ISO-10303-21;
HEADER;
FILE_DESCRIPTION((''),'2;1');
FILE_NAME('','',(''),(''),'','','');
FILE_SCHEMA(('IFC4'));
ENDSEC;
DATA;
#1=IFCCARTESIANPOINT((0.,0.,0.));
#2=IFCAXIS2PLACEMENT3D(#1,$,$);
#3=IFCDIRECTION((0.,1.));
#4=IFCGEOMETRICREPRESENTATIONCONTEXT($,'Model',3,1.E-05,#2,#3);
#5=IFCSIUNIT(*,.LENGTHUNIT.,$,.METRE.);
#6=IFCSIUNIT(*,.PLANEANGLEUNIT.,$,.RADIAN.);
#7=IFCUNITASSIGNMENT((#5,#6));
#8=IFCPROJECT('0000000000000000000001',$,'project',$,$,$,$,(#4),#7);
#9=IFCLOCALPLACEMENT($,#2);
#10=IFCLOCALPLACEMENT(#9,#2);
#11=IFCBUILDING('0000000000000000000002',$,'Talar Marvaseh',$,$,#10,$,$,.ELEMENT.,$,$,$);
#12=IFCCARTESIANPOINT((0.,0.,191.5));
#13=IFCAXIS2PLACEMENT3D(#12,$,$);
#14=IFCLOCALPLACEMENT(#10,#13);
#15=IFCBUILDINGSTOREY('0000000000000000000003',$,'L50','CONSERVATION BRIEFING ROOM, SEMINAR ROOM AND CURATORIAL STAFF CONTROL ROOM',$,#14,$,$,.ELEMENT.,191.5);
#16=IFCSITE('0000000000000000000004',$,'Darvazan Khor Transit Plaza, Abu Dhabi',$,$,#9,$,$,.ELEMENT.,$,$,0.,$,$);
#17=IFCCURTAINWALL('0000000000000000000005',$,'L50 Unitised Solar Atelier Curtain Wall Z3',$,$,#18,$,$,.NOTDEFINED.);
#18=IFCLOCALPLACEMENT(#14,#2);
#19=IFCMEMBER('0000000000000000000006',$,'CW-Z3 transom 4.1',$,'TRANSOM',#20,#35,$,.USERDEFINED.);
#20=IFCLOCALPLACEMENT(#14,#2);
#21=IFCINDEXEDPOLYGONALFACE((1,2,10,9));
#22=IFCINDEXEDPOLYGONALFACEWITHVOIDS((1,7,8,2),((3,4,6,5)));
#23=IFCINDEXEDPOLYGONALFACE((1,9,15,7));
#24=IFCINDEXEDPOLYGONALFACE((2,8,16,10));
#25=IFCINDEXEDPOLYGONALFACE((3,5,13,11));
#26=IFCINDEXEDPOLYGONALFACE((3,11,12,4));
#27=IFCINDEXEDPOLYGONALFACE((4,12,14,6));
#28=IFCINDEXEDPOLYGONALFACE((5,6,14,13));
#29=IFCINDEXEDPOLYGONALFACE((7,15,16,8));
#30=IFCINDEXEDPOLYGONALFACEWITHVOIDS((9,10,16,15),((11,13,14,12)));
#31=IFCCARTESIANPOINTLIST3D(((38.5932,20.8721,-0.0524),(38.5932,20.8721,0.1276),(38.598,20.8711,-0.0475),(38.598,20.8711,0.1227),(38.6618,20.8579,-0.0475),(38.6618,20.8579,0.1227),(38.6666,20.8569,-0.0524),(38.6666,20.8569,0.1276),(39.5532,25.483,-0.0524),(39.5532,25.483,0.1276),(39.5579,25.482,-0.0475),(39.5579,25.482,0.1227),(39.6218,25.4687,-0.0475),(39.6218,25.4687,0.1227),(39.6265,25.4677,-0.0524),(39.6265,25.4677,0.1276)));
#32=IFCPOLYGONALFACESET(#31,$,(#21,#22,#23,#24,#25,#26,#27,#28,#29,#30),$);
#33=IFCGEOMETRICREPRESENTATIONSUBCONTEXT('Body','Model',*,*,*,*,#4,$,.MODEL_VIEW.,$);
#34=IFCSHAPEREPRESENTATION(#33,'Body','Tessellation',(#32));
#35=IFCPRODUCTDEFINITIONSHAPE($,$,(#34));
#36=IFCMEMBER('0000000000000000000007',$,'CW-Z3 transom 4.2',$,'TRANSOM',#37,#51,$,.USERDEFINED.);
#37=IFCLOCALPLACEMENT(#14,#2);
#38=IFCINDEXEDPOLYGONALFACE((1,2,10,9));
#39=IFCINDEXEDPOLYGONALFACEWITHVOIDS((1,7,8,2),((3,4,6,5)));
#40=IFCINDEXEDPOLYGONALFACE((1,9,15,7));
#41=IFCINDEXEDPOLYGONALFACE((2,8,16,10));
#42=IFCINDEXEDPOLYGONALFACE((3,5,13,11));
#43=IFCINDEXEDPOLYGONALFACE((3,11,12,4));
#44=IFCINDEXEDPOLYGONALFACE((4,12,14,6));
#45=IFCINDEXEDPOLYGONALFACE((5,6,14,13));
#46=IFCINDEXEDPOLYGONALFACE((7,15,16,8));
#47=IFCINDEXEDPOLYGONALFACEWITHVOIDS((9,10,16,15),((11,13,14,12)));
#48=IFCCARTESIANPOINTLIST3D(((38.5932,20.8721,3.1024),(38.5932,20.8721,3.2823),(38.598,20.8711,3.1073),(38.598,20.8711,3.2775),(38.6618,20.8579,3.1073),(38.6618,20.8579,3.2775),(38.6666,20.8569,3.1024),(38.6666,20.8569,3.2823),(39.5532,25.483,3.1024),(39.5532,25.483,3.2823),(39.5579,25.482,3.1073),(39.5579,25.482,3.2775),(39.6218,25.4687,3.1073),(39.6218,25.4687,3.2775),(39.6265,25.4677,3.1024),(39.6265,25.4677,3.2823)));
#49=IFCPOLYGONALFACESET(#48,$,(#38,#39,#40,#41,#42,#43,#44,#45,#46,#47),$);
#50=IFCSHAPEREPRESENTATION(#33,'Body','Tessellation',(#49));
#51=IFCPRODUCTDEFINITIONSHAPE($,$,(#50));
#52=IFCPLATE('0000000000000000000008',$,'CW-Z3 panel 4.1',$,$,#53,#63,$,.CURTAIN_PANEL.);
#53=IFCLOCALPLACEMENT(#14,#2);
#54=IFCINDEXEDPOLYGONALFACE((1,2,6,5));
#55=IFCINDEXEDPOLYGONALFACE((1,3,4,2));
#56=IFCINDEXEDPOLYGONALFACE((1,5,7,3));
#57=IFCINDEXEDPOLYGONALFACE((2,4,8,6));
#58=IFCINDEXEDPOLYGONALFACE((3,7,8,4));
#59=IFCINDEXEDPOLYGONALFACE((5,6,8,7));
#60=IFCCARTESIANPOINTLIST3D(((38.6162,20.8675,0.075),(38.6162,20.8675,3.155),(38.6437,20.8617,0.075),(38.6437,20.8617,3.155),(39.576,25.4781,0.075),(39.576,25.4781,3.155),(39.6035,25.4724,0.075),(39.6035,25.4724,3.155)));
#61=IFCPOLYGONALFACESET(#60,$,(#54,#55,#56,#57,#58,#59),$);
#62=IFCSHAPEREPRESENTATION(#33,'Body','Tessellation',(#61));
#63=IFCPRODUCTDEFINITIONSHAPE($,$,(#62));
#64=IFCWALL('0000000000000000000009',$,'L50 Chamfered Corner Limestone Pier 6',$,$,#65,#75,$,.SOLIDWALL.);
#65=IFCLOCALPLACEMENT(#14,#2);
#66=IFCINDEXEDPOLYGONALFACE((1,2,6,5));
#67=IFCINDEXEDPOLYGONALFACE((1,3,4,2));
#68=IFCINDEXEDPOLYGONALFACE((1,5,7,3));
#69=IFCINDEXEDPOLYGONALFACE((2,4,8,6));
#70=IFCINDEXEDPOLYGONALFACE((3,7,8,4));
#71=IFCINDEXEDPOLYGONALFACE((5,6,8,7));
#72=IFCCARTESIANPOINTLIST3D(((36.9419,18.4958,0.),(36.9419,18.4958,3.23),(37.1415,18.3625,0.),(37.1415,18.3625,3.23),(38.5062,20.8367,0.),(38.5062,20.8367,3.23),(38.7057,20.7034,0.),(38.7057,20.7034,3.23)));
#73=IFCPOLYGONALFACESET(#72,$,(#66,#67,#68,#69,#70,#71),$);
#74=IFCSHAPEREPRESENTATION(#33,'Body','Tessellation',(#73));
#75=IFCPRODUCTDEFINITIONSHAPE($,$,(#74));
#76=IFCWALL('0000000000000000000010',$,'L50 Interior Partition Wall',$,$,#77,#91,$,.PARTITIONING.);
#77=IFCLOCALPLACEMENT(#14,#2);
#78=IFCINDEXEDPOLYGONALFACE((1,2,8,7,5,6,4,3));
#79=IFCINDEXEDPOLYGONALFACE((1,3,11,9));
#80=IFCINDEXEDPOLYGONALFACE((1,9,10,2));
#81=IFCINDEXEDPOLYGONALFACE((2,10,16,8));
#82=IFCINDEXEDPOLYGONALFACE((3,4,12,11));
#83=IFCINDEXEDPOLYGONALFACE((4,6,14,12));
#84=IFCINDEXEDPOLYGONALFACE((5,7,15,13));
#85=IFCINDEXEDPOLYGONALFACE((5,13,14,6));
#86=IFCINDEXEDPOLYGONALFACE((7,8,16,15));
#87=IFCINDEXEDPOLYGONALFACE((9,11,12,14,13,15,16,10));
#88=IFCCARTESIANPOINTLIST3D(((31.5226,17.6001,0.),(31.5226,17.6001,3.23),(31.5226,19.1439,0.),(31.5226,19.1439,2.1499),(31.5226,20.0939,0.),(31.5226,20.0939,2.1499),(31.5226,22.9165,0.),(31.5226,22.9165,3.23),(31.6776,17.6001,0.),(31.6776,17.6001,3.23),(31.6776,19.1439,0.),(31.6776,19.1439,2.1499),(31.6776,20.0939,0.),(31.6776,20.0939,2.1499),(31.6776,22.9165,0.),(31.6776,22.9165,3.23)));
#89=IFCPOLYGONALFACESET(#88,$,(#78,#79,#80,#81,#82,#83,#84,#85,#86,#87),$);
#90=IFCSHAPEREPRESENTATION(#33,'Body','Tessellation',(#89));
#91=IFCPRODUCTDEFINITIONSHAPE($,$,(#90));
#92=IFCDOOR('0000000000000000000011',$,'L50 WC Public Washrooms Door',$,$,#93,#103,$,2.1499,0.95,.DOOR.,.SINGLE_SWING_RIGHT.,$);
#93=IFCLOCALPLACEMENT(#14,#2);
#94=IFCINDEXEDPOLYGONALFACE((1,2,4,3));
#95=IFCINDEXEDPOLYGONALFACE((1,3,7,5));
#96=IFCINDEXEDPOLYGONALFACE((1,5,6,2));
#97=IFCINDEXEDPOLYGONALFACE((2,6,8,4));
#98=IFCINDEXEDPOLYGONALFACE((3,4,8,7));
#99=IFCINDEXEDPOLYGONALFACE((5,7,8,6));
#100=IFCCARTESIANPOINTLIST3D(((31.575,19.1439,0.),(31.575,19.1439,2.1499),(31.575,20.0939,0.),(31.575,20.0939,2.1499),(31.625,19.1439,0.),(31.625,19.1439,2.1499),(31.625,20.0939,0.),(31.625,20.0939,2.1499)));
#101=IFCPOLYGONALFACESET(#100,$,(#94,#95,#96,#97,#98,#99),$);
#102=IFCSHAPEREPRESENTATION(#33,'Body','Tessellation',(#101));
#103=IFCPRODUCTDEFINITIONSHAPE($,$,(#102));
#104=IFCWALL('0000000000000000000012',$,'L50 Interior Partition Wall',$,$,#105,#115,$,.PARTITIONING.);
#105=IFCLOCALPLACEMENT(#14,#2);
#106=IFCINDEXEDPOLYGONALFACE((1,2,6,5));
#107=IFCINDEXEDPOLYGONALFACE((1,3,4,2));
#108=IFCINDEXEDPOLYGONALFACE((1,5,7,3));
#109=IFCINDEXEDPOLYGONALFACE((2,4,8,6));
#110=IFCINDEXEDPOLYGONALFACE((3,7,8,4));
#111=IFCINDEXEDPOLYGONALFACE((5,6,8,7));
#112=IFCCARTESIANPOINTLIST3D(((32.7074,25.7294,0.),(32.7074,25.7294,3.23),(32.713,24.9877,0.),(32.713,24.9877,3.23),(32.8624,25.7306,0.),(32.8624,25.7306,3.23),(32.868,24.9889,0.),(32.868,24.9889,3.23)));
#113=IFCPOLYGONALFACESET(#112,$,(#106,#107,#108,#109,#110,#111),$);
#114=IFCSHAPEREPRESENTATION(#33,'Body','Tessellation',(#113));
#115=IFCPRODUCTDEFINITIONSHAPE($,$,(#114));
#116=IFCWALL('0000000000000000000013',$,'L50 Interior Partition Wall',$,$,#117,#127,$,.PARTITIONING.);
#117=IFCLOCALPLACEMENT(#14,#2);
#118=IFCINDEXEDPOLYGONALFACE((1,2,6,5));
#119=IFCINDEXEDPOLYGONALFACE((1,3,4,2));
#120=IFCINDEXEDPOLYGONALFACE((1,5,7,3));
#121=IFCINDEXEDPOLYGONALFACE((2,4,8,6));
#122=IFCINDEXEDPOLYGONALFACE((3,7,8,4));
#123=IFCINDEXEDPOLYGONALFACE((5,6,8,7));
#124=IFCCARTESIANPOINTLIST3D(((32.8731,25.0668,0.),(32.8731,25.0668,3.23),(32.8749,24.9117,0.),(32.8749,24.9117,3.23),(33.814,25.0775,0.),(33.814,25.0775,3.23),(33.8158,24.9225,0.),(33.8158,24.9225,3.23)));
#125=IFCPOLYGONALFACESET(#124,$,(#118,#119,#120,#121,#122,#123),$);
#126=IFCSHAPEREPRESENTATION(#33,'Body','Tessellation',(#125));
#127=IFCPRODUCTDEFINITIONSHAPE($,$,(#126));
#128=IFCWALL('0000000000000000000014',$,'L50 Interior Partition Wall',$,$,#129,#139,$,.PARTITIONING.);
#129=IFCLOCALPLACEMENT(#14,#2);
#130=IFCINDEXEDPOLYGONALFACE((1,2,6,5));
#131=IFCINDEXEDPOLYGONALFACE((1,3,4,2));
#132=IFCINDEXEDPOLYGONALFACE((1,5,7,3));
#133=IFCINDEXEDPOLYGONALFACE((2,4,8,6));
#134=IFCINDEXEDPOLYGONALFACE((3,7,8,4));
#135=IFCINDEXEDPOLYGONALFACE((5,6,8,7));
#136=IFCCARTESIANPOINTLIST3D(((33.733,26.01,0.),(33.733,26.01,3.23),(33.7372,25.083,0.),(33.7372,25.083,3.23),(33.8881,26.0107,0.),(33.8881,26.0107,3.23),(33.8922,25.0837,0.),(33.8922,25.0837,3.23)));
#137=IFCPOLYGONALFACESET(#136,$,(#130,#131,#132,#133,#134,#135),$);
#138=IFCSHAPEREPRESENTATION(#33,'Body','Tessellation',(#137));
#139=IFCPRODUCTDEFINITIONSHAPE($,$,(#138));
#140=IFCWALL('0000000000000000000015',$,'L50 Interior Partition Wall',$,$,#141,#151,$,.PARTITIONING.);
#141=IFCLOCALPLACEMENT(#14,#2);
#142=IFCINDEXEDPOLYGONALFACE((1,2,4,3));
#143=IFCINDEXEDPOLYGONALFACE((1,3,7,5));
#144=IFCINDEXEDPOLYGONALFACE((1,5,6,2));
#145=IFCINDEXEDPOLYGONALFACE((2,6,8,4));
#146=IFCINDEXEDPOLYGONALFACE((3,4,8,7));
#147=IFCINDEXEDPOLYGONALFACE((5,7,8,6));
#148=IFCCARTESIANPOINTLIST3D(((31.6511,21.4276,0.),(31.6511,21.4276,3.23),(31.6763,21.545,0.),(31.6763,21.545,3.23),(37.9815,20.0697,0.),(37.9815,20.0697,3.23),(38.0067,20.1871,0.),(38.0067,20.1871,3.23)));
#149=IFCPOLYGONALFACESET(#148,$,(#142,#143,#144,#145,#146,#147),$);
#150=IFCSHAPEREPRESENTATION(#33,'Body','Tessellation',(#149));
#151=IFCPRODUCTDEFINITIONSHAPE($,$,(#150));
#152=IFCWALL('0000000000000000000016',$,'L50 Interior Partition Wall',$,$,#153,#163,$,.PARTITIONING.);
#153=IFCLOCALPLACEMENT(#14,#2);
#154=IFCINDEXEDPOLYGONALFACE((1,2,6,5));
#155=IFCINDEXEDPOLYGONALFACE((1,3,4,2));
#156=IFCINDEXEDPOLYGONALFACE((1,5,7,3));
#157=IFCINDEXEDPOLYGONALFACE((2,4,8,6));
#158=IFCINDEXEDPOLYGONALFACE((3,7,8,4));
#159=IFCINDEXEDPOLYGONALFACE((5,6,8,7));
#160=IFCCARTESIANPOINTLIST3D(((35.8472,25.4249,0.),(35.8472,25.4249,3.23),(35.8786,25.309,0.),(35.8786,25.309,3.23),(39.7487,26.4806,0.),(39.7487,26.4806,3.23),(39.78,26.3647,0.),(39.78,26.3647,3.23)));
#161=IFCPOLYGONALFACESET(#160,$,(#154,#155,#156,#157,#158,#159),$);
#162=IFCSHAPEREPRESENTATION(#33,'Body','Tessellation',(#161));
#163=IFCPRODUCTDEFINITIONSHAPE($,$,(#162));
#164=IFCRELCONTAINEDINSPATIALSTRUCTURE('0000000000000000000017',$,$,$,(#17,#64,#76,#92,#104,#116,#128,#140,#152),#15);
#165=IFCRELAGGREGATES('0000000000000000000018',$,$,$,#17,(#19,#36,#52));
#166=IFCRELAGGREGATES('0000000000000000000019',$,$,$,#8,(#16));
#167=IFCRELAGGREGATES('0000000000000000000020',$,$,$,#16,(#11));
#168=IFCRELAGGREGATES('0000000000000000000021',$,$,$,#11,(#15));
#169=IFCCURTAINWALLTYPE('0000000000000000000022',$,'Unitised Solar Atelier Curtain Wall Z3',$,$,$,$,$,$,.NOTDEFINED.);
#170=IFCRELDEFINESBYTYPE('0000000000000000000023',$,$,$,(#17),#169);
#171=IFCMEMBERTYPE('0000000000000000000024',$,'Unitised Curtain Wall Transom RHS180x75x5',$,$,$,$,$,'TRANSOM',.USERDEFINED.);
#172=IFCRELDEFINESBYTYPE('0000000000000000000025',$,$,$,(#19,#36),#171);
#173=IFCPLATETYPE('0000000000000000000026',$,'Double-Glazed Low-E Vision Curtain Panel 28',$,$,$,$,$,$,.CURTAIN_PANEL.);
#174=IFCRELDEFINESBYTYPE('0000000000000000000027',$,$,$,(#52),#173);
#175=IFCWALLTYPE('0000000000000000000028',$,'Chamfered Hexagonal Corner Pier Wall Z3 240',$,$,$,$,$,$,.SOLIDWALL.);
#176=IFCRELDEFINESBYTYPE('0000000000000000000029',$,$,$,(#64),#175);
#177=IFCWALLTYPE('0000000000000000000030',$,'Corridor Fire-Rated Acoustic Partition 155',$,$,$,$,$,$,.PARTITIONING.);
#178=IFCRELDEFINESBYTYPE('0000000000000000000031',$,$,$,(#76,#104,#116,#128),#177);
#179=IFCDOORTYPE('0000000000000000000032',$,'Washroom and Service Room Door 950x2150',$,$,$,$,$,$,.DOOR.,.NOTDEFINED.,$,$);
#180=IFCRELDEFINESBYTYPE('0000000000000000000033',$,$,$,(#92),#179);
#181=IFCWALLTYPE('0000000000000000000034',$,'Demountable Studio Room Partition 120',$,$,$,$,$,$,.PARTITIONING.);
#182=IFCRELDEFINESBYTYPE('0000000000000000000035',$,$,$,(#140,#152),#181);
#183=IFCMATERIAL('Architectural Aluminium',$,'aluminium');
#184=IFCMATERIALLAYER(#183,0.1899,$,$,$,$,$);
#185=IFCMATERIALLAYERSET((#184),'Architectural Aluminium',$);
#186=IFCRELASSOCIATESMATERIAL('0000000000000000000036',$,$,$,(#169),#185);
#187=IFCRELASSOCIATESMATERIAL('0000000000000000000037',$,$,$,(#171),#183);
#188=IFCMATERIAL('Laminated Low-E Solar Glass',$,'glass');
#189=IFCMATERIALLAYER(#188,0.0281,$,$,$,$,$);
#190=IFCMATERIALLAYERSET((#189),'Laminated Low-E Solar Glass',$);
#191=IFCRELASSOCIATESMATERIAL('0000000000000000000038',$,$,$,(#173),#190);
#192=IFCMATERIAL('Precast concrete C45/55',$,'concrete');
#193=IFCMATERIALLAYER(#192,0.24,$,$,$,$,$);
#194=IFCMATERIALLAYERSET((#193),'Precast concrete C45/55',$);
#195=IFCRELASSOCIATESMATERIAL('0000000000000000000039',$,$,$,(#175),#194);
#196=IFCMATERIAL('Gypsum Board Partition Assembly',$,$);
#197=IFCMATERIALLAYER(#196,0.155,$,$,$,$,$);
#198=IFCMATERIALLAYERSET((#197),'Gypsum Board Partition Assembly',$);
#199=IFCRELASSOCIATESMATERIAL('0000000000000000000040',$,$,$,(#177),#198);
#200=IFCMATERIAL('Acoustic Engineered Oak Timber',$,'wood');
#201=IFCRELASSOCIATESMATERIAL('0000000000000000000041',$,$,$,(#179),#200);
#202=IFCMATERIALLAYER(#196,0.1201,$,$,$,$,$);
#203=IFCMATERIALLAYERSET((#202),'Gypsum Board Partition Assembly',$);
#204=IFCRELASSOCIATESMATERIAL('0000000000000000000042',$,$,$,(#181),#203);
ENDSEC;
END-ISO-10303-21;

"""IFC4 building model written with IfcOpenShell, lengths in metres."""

from ifc_helpers import new_model, si_unit, direction, frame, frame_2d, origin, origin_2d, place, context, subcontext, project, spatial, rectangle, hollow_rectangle, extrude, source, transform, mapped, material, layer, layer_set, material_profile, profile_set, type_object, type_shapes, element, fill, aggregate, save


model = new_model("IFC4")

# Units and contexts
model_context = context("Model", 3, precision=1e-05, world=origin(), true_north=direction((0.0, 1.0)))
body_context = subcontext(model_context, "Body", "Model", "MODEL_VIEW")
ifc_project = project(units=[si_unit("LENGTHUNIT", "METRE"), si_unit("PLANEANGLEUNIT", "RADIAN")], contexts=[model_context])

# Site, building, storey
site_placement = place(None, origin())
site = spatial("IfcSite", under=ifc_project, at=site_placement, Name="Darvazan Khor Transit Plaza, Abu Dhabi", CompositionType="ELEMENT", RefElevation=0.0)
building_placement = place(site_placement, origin())
building = spatial("IfcBuilding", under=site, at=building_placement, Name="Talar Marvaseh", CompositionType="ELEMENT")
storey_placement = place(building_placement, frame((0.0, 0.0, 191.5)))
storey = spatial("IfcBuildingStorey", under=building, at=storey_placement, Name="L50", Description="CONSERVATION BRIEFING ROOM, SEMINAR ROOM AND CURATORIAL STAFF CONTROL ROOM", CompositionType="ELEMENT", Elevation=191.5)

# Curtain wall
ifc_material_1 = material(Name="Architectural Aluminium", Category="aluminium")
ifc_layer_1 = layer(ifc_material_1, 0.1899)
ifc_layer_set_1 = layer_set([ifc_layer_1], Name="Architectural Aluminium")
curtain_wall_type = type_object("IfcCurtainWallType", Name="Unitised Solar Atelier Curtain Wall Z3", PredefinedType="NOTDEFINED", material=ifc_layer_set_1)
curtain_wall_1_placement = place(storey_placement, origin())
curtain_wall_1 = element("IfcCurtainWall", 1, at=curtain_wall_1_placement, inside=storey, type_object=curtain_wall_type, Name="L50 Unitised Solar Atelier Curtain Wall Z3", PredefinedType="NOTDEFINED")

# Members
ifc_material_profile_1 = material_profile(ifc_material_1, hollow_rectangle(XDim=0.075, YDim=0.1799, WallThickness=0.0049, at=origin_2d()), Name="RHS180x75x5")
ifc_profile_set_1 = profile_set([ifc_material_profile_1], Name="Architectural Aluminium")
member_type_1 = type_object("IfcMemberType", Name="Unitised Curtain Wall Transom RHS180x75x5", ElementType="TRANSOM", PredefinedType="USERDEFINED", material=ifc_profile_set_1)
shared_shape_1 = source(origin(), body_context, "Body", "SweptSolid", [
    extrude(hollow_rectangle(XDim=0.075, YDim=0.1799, WallThickness=0.0049, at=origin_2d()), origin(), (0.0, 0.0, 1.0), 4.7097),
])
type_shapes(member_type_1, [shared_shape_1])
member_1_placement = place(storey_placement, frame((39.5898, 25.4753, 0.0376), z_axis=(-0.203826, -0.979007, 0.0), x_axis=(0.979007, -0.203826, 0.0)))
member_1 = element("IfcMember", 2, at=member_1_placement, type_object=member_type_1, Name="CW-Z3 transom 4.1", ObjectType="TRANSOM", PredefinedType="USERDEFINED", context=body_context, shape_type="MappedRepresentation", body=[
    mapped(shared_shape_1, transform((0.0, 0.0, 0.0), x_axis=(1.0, 0.0, 0.0), y_axis=(0.0, 1.0, 0.0), z_axis=(0.0, 0.0, 1.0), scale=1.0)),
])
member_2_placement = place(storey_placement, frame((39.5898, 25.4753, 3.1924), z_axis=(-0.203826, -0.979007, 0.0), x_axis=(0.979007, -0.203826, 0.0)))
member_2 = element("IfcMember", 3, at=member_2_placement, type_object=member_type_1, Name="CW-Z3 transom 4.2", ObjectType="TRANSOM", PredefinedType="USERDEFINED", context=body_context, shape_type="MappedRepresentation", body=[
    mapped(shared_shape_1, transform((0.0, 0.0, 0.0), x_axis=(1.0, 0.0, 0.0), y_axis=(0.0, 1.0, 0.0), z_axis=(0.0, 0.0, 1.0), scale=1.0)),
])

# Plate
ifc_material_2 = material(Name="Laminated Low-E Solar Glass", Category="glass")
ifc_layer_2 = layer(ifc_material_2, 0.0281)
ifc_layer_set_2 = layer_set([ifc_layer_2], Name="Laminated Low-E Solar Glass")
plate_type = type_object("IfcPlateType", Name="Double-Glazed Low-E Vision Curtain Panel 28", PredefinedType="CURTAIN_PANEL", material=ifc_layer_set_2)
shared_shape_2 = source(origin(), body_context, "Body", "SweptSolid", [
    extrude(rectangle(XDim=4.7095, YDim=0.0281, at=origin_2d()), origin(), (0.0, 0.0, 1.0), 3.0801),
])
type_shapes(plate_type, [shared_shape_2])
plate_placement = place(storey_placement, frame((39.1099, 23.1699, 0.075), z_axis=(0.0, 0.0, 1.0), x_axis=(-0.203793, -0.979014, 0.0)))
plate = element("IfcPlate", 4, at=plate_placement, type_object=plate_type, Name="CW-Z3 panel 4.1", PredefinedType="CURTAIN_PANEL", context=body_context, shape_type="MappedRepresentation", body=[
    mapped(shared_shape_2, transform((0.0, 0.0, 0.0), x_axis=(1.0, 0.0, 0.0), y_axis=(0.0, 1.0, 0.0), z_axis=(0.0, 0.0, 1.0), scale=1.0)),
])
aggregate(curtain_wall_1, [member_1, member_2, plate])

# Wall
ifc_material_3 = material(Name="Precast concrete C45/55", Category="concrete")
ifc_layer_3 = layer(ifc_material_3, 0.24)
ifc_layer_set_3 = layer_set([ifc_layer_3], Name="Precast concrete C45/55")
wall_type_1 = type_object("IfcWallType", Name="Chamfered Hexagonal Corner Pier Wall Z3 240", PredefinedType="SOLIDWALL", material=ifc_layer_set_3)
wall_1_placement = place(storey_placement, frame((38.606, 20.77, 0.0), z_axis=(0.0, 0.0, 1.0), x_axis=(-0.5556, -0.831449, 0.0)))
element("IfcWall", 5, at=wall_1_placement, inside=storey, type_object=wall_type_1, Name="L50 Chamfered Corner Limestone Pier 6", PredefinedType="SOLIDWALL", context=body_context, shape_type="SweptSolid", body=[
    extrude(rectangle(XDim=2.8154, YDim=0.24, at=frame_2d((1.4077, 0.0))), origin(), (0.0, 0.0, 1.0), 3.23),
])

# Wall, opening, door
ifc_material_4 = material(Name="Gypsum Board Partition Assembly")
ifc_layer_4 = layer(ifc_material_4, 0.155)
ifc_layer_set_4 = layer_set([ifc_layer_4], Name="Gypsum Board Partition Assembly")
wall_type_2 = type_object("IfcWallType", Name="Corridor Fire-Rated Acoustic Partition 155", PredefinedType="PARTITIONING", material=ifc_layer_set_4)
ifc_material_5 = material(Name="Acoustic Engineered Oak Timber", Category="wood")
door_type = type_object("IfcDoorType", Name="Washroom and Service Room Door 950x2150", OperationType="NOTDEFINED", PredefinedType="DOOR", material=ifc_material_5)
shared_shape_3 = source(origin(), body_context, "Body", "SweptSolid", [
    extrude(rectangle(XDim=0.95, YDim=2.1499, at=frame_2d((0.4751, 1.075))), frame((0.0, 0.0249, 0.0), z_axis=(0.0, -1.0, 0.0), x_axis=(1.0, 0.0, 0.0)), (0.0, 0.0, 1.0), 0.05),
])
type_shapes(door_type, [shared_shape_3])
wall_2_placement = place(storey_placement, frame((31.6001, 22.9165, 0.0), z_axis=(0.0, 0.0, 1.0), x_axis=(0.0, -1.0, 0.0)))
wall_2 = element("IfcWall", 6, at=wall_2_placement, inside=storey, type_object=wall_type_2, Name="L50 Interior Partition Wall", PredefinedType="PARTITIONING", context=body_context, shape_type="SweptSolid", body=[
    extrude(rectangle(XDim=5.3164, YDim=0.155, at=frame_2d((2.6582, 0.0))), origin(), (0.0, 0.0, 1.0), 3.23),
])
opening_1_placement = place(wall_2_placement, frame((2.8225, 0.0, 0.0)))
opening_1 = element("IfcOpeningElement", 7, at=opening_1_placement, cuts=wall_2, PredefinedType="OPENING", context=body_context, shape_type="SweptSolid", body=[
    extrude(rectangle(XDim=0.95, YDim=2.1499, at=frame_2d((0.4751, 1.075))), frame((0.0, 0.0874, 0.0), z_axis=(0.0, -1.0, 0.0), x_axis=(1.0, 0.0, 0.0)), (0.0, 0.0, 1.0), 0.175),
])
door_1_placement = place(opening_1_placement, origin())
door_1 = element("IfcDoor", 8, at=door_1_placement, inside=storey, type_object=door_type, Name="L50 WC Public Washrooms Door", OperationType="SINGLE_SWING_RIGHT", OverallHeight=2.1499, OverallWidth=0.95, PredefinedType="DOOR", context=body_context, shape_type="MappedRepresentation", body=[
    mapped(shared_shape_3, transform((0.0, 0.0, 0.0), x_axis=(1.0, 0.0, 0.0), y_axis=(0.0, 1.0, 0.0), z_axis=(0.0, 0.0, 1.0), scale=1.0)),
])
fill(opening_1, door_1)

# Walls
wall_3_placement = place(storey_placement, frame((32.7849, 25.73, 0.0), z_axis=(0.0, 0.0, 1.0), x_axis=(0.007571, -0.999971, 0.0)))
element("IfcWall", 9, at=wall_3_placement, inside=storey, type_object=wall_type_2, Name="L50 Interior Partition Wall", PredefinedType="PARTITIONING", context=body_context, shape_type="SweptSolid", body=[
    extrude(rectangle(XDim=0.7417, YDim=0.155, at=frame_2d((0.3708, 0.0))), origin(), (0.0, 0.0, 1.0), 3.23),
])
wall_4_placement = place(storey_placement, frame((32.874, 24.9893, 0.0), z_axis=(0.0, 0.0, 1.0), x_axis=(0.999935, 0.011416, 0.0)))
element("IfcWall", 10, at=wall_4_placement, inside=storey, type_object=wall_type_2, Name="L50 Interior Partition Wall", PredefinedType="PARTITIONING", context=body_context, shape_type="SweptSolid", body=[
    extrude(rectangle(XDim=0.9409, YDim=0.155, at=frame_2d((0.4705, 0.0))), origin(), (0.0, 0.0, 1.0), 3.23),
])
wall_5_placement = place(storey_placement, frame((33.8147, 25.0835, 0.0), z_axis=(0.0, 0.0, 1.0), x_axis=(-0.004477, 0.99999, 0.0)))
element("IfcWall", 11, at=wall_5_placement, inside=storey, type_object=wall_type_2, Name="L50 Interior Partition Wall", PredefinedType="PARTITIONING", context=body_context, shape_type="SweptSolid", body=[
    extrude(rectangle(XDim=0.927, YDim=0.155, at=frame_2d((0.4634, 0.0))), origin(), (0.0, 0.0, 1.0), 3.23),
])
ifc_layer_5 = layer(ifc_material_4, 0.1201)
ifc_layer_set_5 = layer_set([ifc_layer_5], Name="Gypsum Board Partition Assembly")
wall_type_3 = type_object("IfcWallType", Name="Demountable Studio Room Partition 120", PredefinedType="PARTITIONING", material=ifc_layer_set_5)
wall_6_placement = place(storey_placement, frame((31.6636, 21.4863, 0.0), z_axis=(0.0, 0.0, 1.0), x_axis=(0.977758, -0.209738, 0.0)))
element("IfcWall", 12, at=wall_6_placement, inside=storey, type_object=wall_type_3, Name="L50 Interior Partition Wall", PredefinedType="PARTITIONING", context=body_context, shape_type="SweptSolid", body=[
    extrude(rectangle(XDim=6.4744, YDim=0.1201, at=frame_2d((3.2373, 0.0))), origin(), (0.0, 0.0, 1.0), 3.23),
])
wall_7_placement = place(storey_placement, frame((35.8628, 25.3669, 0.0), z_axis=(0.0, 0.0, 1.0), x_axis=(0.965286, 0.261195, 0.0)))
element("IfcWall", 13, at=wall_7_placement, inside=storey, type_object=wall_type_3, Name="L50 Interior Partition Wall", PredefinedType="PARTITIONING", context=body_context, shape_type="SweptSolid", body=[
    extrude(rectangle(XDim=4.0417, YDim=0.1201, at=frame_2d((2.021, 0.0))), origin(), (0.0, 0.0, 1.0), 3.23),
])

save(model, "model.ifc")
